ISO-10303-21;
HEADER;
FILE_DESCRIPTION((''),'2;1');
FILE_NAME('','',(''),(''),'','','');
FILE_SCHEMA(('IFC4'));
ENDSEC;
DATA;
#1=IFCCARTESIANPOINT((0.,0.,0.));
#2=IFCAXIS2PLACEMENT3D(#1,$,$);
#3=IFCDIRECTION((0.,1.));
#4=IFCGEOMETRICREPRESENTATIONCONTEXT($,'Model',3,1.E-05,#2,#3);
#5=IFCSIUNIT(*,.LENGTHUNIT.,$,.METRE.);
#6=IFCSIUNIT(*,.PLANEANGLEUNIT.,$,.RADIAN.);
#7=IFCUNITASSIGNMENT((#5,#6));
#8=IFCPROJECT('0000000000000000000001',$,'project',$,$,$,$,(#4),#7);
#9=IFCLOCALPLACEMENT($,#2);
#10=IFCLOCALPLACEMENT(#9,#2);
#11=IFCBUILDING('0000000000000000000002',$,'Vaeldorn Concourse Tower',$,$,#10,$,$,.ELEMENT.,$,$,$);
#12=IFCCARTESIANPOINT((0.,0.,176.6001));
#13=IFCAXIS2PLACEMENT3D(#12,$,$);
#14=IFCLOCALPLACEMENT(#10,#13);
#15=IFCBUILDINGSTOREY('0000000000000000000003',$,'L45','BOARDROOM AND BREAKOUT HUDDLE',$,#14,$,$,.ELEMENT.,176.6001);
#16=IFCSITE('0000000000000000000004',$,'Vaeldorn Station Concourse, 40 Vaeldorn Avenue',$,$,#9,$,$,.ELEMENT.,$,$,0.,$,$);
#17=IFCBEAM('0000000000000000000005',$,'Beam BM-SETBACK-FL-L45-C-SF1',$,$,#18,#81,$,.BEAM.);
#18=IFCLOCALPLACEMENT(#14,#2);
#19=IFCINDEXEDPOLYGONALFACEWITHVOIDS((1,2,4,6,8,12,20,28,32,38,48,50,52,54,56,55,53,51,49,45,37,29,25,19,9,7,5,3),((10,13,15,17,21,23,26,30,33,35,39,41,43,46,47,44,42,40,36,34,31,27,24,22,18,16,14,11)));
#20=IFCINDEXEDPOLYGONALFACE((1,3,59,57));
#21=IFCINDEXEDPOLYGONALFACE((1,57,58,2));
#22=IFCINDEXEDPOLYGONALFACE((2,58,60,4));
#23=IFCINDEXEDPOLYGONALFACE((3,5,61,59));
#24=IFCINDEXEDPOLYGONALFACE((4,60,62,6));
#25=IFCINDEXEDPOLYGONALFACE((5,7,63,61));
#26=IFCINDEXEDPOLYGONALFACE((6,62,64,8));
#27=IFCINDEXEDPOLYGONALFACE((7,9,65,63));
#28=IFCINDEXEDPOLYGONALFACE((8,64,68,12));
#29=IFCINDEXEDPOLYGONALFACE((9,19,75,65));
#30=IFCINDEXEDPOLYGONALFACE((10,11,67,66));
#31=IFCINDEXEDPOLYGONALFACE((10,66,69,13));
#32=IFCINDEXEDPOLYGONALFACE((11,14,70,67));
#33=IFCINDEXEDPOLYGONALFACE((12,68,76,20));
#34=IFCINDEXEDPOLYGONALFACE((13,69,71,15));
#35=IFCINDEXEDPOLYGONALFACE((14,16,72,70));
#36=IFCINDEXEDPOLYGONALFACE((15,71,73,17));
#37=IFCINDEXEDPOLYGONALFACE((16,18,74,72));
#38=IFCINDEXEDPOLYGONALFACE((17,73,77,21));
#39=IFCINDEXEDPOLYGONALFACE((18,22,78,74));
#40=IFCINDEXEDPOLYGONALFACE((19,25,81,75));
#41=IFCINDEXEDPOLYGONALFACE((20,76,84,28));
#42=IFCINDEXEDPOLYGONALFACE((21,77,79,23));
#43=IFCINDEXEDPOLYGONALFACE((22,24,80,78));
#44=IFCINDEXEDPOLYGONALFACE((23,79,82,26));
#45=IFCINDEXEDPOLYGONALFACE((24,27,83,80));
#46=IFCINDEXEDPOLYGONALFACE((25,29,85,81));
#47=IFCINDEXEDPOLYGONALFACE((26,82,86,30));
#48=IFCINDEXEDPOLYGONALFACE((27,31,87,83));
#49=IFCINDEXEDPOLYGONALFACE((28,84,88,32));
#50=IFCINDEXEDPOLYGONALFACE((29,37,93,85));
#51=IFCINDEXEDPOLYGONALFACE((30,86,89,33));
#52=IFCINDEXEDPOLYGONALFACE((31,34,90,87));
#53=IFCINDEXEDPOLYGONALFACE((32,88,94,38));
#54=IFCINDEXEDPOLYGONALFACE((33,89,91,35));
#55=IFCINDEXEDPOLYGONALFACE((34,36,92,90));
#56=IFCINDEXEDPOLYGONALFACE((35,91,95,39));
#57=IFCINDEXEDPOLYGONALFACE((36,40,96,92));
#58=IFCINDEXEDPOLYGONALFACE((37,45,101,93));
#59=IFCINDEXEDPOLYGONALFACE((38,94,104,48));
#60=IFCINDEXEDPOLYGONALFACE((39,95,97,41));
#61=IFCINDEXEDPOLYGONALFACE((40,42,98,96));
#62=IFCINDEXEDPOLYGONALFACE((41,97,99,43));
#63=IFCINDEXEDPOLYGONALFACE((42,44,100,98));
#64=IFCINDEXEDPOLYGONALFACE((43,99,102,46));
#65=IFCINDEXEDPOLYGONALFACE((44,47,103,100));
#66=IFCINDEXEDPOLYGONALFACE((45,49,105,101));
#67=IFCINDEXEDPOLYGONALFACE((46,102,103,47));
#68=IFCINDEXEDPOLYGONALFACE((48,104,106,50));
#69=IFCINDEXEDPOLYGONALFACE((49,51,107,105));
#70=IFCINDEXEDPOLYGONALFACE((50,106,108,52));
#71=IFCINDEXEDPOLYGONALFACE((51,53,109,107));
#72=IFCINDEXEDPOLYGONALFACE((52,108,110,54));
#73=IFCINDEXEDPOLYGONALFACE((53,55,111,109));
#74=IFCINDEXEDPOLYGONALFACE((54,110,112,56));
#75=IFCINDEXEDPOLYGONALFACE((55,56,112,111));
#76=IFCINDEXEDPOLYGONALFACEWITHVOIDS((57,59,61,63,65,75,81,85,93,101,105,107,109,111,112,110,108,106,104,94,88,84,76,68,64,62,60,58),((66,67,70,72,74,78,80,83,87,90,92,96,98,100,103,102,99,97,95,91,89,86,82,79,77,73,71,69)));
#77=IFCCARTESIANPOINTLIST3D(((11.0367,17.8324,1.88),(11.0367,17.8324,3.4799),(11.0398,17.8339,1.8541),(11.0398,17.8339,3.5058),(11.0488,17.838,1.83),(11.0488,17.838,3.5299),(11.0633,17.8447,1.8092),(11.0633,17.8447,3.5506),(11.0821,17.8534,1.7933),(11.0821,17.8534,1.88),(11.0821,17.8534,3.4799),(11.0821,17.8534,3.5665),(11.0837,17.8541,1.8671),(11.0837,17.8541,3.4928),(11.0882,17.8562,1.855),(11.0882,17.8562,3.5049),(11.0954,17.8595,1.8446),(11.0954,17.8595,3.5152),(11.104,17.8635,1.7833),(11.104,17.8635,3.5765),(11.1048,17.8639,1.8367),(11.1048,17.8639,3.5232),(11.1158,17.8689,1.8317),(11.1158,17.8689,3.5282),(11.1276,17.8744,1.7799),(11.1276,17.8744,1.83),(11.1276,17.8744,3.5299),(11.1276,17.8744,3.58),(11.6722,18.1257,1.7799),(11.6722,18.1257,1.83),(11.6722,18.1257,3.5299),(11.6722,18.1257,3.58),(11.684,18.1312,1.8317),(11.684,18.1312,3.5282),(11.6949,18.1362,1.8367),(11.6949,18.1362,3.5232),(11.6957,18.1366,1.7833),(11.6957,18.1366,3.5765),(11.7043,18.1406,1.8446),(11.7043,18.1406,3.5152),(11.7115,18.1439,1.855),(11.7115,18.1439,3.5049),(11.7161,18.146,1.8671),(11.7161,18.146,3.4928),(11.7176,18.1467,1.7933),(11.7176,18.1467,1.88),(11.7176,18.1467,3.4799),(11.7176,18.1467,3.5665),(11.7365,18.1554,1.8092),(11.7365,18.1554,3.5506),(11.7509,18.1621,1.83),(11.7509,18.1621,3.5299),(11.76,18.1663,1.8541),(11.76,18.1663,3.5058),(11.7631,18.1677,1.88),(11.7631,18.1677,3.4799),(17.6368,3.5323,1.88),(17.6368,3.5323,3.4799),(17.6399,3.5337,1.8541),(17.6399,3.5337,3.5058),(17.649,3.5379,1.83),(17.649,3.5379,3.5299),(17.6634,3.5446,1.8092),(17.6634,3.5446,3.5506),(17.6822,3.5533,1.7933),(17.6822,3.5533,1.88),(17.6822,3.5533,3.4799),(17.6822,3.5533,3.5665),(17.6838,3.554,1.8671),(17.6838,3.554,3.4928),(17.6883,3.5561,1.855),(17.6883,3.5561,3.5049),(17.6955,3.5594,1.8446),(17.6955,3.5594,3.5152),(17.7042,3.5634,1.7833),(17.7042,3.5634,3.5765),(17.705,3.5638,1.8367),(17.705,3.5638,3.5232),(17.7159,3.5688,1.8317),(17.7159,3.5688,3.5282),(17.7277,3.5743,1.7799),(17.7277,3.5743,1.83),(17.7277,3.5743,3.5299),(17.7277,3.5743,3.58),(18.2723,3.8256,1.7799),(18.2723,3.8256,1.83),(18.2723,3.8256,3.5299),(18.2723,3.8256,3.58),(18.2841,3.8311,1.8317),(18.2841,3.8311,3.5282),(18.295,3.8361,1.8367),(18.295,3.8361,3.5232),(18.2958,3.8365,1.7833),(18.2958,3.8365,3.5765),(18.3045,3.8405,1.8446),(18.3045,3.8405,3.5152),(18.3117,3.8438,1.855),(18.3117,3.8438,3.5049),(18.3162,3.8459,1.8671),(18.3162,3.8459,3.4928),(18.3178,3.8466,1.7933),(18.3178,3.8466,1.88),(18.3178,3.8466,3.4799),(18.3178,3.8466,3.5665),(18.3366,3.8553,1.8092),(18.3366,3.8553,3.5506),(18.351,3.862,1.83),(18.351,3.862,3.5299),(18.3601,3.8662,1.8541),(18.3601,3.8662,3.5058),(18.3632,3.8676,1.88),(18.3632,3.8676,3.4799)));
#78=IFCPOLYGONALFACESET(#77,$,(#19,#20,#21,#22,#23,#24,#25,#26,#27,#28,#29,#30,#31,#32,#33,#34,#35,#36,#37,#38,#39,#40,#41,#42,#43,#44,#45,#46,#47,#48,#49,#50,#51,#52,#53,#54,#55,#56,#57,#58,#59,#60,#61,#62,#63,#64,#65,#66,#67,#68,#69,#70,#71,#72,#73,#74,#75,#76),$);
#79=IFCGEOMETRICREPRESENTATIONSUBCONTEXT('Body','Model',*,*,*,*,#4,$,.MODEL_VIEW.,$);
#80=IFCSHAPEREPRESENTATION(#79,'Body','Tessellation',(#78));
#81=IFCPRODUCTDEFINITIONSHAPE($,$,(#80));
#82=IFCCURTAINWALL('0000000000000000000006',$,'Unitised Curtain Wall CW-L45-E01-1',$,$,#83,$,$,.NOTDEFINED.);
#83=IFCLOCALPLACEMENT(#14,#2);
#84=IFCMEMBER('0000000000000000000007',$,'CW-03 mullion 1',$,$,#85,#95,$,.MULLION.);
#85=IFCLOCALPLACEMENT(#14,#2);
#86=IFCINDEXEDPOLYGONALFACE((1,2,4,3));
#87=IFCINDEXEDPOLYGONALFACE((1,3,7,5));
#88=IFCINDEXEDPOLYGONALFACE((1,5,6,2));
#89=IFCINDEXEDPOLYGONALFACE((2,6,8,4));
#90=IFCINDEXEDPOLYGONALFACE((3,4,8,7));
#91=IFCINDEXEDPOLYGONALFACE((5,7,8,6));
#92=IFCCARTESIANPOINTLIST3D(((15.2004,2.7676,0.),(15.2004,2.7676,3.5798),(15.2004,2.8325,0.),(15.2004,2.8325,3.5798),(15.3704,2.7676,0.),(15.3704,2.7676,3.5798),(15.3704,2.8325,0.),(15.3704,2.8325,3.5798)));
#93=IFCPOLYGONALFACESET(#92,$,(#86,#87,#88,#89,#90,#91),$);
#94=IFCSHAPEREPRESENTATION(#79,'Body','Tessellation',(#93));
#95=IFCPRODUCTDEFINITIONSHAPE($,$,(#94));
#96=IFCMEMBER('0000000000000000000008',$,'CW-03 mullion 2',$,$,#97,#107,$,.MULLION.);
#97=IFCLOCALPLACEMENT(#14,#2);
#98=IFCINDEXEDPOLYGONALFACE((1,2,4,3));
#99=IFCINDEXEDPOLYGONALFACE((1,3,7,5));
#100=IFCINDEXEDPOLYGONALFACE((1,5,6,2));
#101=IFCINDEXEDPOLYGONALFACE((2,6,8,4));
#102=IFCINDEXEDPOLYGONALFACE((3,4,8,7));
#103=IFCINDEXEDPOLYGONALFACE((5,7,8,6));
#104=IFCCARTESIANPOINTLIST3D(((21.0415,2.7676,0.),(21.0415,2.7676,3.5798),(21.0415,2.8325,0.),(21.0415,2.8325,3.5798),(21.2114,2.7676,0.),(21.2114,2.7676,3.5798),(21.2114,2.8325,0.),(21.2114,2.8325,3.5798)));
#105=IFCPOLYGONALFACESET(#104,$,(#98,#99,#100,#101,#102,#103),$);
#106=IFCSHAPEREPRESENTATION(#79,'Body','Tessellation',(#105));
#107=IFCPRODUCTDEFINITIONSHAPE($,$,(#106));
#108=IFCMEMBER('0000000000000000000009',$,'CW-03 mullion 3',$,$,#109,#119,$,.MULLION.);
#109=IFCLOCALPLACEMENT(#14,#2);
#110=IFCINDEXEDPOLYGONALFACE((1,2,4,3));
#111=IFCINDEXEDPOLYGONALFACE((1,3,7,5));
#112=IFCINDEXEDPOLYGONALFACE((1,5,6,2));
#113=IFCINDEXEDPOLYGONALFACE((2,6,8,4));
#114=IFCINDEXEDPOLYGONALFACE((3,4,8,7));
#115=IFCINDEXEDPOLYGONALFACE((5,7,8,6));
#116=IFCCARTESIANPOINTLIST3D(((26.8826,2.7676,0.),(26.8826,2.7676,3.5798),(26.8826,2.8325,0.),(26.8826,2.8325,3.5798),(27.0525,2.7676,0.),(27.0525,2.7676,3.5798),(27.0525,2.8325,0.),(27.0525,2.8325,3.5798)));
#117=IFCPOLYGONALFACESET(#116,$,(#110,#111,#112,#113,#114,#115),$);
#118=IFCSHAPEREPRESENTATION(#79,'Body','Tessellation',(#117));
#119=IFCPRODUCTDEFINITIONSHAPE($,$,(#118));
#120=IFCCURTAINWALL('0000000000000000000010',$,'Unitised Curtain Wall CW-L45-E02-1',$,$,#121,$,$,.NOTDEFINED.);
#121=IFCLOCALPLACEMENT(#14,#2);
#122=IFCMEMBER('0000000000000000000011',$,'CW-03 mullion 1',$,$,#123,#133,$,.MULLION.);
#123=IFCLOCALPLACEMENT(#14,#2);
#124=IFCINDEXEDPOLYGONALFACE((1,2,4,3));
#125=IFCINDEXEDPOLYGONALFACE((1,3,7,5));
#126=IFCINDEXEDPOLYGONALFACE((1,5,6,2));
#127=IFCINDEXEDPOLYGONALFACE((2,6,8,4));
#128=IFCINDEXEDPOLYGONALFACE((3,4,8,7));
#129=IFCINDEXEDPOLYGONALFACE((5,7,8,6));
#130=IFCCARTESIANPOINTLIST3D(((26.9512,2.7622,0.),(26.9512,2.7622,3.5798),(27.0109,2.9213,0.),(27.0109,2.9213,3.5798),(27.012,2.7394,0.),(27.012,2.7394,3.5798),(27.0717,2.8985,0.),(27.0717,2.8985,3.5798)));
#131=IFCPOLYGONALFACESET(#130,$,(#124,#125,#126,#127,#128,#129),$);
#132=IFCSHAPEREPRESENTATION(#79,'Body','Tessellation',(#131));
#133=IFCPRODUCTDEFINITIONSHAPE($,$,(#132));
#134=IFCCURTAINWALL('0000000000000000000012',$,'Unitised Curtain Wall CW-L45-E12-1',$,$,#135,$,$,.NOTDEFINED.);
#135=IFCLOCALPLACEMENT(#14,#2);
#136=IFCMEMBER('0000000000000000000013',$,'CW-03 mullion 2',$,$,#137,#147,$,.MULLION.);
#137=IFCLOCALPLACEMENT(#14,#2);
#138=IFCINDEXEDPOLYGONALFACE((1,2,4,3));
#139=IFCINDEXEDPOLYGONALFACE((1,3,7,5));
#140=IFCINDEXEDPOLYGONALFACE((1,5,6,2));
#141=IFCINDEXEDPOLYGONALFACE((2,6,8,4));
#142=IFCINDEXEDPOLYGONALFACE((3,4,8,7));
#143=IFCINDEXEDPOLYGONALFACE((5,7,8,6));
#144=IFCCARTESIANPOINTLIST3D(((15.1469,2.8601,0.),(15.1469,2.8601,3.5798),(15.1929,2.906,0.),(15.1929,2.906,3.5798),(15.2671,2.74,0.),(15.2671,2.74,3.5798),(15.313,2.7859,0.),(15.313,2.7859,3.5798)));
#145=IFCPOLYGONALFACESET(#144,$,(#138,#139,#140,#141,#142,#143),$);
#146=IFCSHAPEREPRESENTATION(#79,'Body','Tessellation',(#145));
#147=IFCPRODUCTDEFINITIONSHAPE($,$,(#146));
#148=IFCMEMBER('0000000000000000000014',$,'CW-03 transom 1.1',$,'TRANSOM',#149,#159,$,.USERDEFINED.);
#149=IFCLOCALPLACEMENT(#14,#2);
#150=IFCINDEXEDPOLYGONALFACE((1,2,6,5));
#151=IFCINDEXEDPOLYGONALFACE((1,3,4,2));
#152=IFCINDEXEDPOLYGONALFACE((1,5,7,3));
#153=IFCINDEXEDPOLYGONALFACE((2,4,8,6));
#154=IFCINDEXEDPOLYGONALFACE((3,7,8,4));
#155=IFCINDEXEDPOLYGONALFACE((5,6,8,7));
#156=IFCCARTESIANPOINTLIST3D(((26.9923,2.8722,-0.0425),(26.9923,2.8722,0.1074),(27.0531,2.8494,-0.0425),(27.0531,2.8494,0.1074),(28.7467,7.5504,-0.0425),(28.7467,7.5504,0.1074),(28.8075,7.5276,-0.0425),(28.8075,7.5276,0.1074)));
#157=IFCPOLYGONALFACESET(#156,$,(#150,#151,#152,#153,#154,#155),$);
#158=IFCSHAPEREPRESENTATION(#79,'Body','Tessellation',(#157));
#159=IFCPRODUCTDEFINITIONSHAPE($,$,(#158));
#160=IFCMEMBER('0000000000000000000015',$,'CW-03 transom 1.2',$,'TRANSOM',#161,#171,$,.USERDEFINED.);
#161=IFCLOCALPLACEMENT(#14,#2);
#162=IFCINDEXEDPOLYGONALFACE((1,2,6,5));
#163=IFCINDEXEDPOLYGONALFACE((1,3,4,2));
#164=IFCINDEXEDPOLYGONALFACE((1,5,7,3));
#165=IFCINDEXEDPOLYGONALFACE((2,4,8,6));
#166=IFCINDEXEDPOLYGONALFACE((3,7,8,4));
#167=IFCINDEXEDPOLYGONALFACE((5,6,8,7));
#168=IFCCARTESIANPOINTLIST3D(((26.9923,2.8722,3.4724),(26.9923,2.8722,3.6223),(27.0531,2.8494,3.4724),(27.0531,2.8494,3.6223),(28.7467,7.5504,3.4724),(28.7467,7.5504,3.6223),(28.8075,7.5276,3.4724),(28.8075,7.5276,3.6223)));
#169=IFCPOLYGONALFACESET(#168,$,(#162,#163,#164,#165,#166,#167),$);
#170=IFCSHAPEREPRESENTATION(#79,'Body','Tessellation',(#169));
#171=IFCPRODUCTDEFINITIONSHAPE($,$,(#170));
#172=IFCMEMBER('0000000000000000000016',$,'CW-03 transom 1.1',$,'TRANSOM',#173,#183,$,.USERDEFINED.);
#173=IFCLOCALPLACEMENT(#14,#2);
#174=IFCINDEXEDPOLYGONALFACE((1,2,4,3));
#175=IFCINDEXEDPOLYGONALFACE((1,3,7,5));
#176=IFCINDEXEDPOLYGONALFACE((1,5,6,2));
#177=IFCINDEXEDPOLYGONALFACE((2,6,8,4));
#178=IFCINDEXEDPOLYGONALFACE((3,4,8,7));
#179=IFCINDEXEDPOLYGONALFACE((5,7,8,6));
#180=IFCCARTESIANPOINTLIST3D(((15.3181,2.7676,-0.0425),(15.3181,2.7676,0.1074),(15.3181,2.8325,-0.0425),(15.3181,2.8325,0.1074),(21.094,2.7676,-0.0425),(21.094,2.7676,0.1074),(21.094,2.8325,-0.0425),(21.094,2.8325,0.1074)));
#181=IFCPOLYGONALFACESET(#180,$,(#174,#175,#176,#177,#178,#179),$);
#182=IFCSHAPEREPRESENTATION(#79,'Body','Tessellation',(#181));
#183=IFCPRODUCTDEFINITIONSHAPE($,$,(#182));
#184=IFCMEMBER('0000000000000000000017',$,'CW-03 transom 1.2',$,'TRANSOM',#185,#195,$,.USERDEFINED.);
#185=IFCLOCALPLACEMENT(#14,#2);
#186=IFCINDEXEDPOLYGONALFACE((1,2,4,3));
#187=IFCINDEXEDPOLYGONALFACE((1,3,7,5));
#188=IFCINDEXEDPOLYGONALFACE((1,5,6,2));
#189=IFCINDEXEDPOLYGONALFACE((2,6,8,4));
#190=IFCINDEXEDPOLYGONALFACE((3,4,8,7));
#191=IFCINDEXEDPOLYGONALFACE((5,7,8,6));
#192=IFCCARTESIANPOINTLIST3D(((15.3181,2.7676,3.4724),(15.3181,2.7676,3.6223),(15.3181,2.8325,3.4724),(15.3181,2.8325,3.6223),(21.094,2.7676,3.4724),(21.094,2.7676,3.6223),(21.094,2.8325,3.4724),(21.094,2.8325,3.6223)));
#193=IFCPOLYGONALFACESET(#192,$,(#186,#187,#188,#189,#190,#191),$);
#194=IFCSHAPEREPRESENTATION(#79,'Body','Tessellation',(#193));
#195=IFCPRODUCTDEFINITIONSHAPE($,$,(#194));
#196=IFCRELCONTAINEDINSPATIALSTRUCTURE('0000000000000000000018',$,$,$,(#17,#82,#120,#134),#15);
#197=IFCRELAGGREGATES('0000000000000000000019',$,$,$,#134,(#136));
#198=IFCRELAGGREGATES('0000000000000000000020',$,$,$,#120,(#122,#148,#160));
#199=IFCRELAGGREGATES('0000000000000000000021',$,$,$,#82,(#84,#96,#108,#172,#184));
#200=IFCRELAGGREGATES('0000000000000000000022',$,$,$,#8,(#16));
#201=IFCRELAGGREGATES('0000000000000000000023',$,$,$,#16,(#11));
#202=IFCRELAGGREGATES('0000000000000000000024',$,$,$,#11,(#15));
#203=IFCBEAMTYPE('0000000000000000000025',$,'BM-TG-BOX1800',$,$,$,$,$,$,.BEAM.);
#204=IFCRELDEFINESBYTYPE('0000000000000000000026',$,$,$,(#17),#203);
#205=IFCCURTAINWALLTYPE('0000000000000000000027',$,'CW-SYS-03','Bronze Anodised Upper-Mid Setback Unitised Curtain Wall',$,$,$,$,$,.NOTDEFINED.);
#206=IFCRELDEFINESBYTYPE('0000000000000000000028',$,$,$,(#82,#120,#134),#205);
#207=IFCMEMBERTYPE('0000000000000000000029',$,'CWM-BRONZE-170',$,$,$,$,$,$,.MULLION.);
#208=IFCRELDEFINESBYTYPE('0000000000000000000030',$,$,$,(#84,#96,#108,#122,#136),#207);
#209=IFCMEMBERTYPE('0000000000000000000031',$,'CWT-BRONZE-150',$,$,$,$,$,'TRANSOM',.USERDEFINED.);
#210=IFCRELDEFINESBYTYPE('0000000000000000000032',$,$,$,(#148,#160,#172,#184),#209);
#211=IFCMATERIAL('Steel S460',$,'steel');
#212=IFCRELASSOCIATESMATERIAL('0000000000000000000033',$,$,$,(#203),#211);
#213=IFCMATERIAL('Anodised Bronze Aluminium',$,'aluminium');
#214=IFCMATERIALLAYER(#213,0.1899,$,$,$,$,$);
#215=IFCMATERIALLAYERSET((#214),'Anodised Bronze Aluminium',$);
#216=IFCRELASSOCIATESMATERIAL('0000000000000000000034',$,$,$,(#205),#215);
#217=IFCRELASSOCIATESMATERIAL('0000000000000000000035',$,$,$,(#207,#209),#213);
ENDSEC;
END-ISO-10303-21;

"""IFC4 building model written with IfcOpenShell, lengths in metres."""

from ifc_helpers import new_model, si_unit, direction, frame, origin, origin_2d, place, context, subcontext, project, spatial, rectangle, hollow_rectangle, extrude, source, transform, mapped, material, layer, layer_set, material_profile, profile_set, type_object, element, aggregate, save


model = new_model("IFC4")

# Units and contexts
model_context = context("Model", 3, precision=1e-05, world=origin(), true_north=direction((0.0, 1.0)))
body_context = subcontext(model_context, "Body", "Model", "MODEL_VIEW")
ifc_project = project(units=[si_unit("LENGTHUNIT", "METRE"), si_unit("PLANEANGLEUNIT", "RADIAN")], contexts=[model_context])

# Site, building, storey
site_placement = place(None, origin())
site = spatial("IfcSite", under=ifc_project, at=site_placement, Name="Vaeldorn Station Concourse, 40 Vaeldorn Avenue", CompositionType="ELEMENT", RefElevation=0.0)
building_placement = place(site_placement, origin())
building = spatial("IfcBuilding", under=site, at=building_placement, Name="Vaeldorn Concourse Tower", CompositionType="ELEMENT")
storey_placement = place(building_placement, frame((0.0, 0.0, 176.6001)))
storey = spatial("IfcBuildingStorey", under=building, at=storey_placement, Name="L45", Description="BOARDROOM AND BREAKOUT HUDDLE", CompositionType="ELEMENT", Elevation=176.6001)

# Beam
ifc_material_1 = material(Name="Steel S460", Category="steel")
ifc_material_profile_1 = material_profile(ifc_material_1, hollow_rectangle(XDim=0.8, YDim=1.8, WallThickness=0.05, InnerFilletRadius=0.05, OuterFilletRadius=0.1001, at=origin_2d()), Name="RHS 1800x800x50")
ifc_profile_set_1 = profile_set([ifc_material_profile_1], Name="Steel S460")
beam_type_1 = type_object("IfcBeamType", Name="BM-TG-BOX1800", PredefinedType="BEAM", material=ifc_profile_set_1)
shared_shape_1 = source(origin(), body_context, "Body", "SweptSolid", [
    extrude(hollow_rectangle(XDim=0.8, YDim=1.8, WallThickness=0.05, InnerFilletRadius=0.05, OuterFilletRadius=0.1001, at=origin_2d()), origin(), (0.0, 0.0, 1.0), 15.7498),
])
beam_1_placement = place(storey_placement, frame((18.0, 3.7, 2.6799), z_axis=(-0.419062, 0.907958, 0.0), x_axis=(-0.907958, -0.419062, 0.0)))
element("IfcBeam", 1, at=beam_1_placement, inside=storey, type_object=beam_type_1, Name="Beam BM-SETBACK-FL-L45-C-SF1", PredefinedType="BEAM", context=body_context, shape_type="MappedRepresentation", body=[
    mapped(shared_shape_1, transform((0.0, 0.0, 0.0), scale=1.0)),
])

# Curtain wall, members
ifc_material_2 = material(Name="Anodised Bronze Aluminium", Category="aluminium")
ifc_layer_1 = layer(ifc_material_2, 0.1899)
ifc_layer_set_1 = layer_set([ifc_layer_1], Name="Anodised Bronze Aluminium")
curtain_wall_type = type_object("IfcCurtainWallType", Name="CW-SYS-03", Description="Bronze Anodised Upper-Mid Setback Unitised Curtain Wall", PredefinedType="NOTDEFINED", material=ifc_layer_set_1)
curtain_wall_1_placement = place(storey_placement, origin())
curtain_wall_1 = element("IfcCurtainWall", 2, at=curtain_wall_1_placement, inside=storey, type_object=curtain_wall_type, Name="Unitised Curtain Wall CW-L45-E01-1", PredefinedType="NOTDEFINED")
ifc_material_profile_2 = material_profile(ifc_material_2, rectangle(XDim=0.0649, YDim=0.1699, at=origin_2d()), Name="CWM 65x170")
ifc_profile_set_2 = profile_set([ifc_material_profile_2], Name="Anodised Bronze Aluminium")
member_type_1 = type_object("IfcMemberType", Name="CWM-BRONZE-170", PredefinedType="MULLION", material=ifc_profile_set_2)
shared_shape_2 = source(origin(), body_context, "Body", "SweptSolid", [
    extrude(rectangle(XDim=0.0649, YDim=0.1699, at=origin_2d()), origin(), (0.0, 0.0, 1.0), 3.5798),
])
member_1_placement = place(storey_placement, frame((15.2854, 2.8, 0.0), z_axis=(0.0, 0.0, 1.0), x_axis=(0.0, 1.0, 0.0)))
member_1 = element("IfcMember", 3, at=member_1_placement, type_object=member_type_1, Name="CW-03 mullion 1", PredefinedType="MULLION", context=body_context, shape_type="MappedRepresentation", body=[
    mapped(shared_shape_2, transform((0.0, 0.0, 0.0), scale=1.0)),
])
member_2_placement = place(storey_placement, frame((21.1265, 2.8, 0.0), z_axis=(0.0, 0.0, 1.0), x_axis=(0.0, 1.0, 0.0)))
member_2 = element("IfcMember", 4, at=member_2_placement, type_object=member_type_1, Name="CW-03 mullion 2", PredefinedType="MULLION", context=body_context, shape_type="MappedRepresentation", body=[
    mapped(shared_shape_2, transform((0.0, 0.0, 0.0), scale=1.0)),
])
member_3_placement = place(storey_placement, frame((26.9675, 2.8, 0.0), z_axis=(0.0, 0.0, 1.0), x_axis=(0.0, 1.0, 0.0)))
member_3 = element("IfcMember", 5, at=member_3_placement, type_object=member_type_1, Name="CW-03 mullion 3", PredefinedType="MULLION", context=body_context, shape_type="MappedRepresentation", body=[
    mapped(shared_shape_2, transform((0.0, 0.0, 0.0), scale=1.0)),
])

# Curtain walls, members
curtain_wall_2_placement = place(storey_placement, origin())
curtain_wall_2 = element("IfcCurtainWall", 6, at=curtain_wall_2_placement, inside=storey, type_object=curtain_wall_type, Name="Unitised Curtain Wall CW-L45-E02-1", PredefinedType="NOTDEFINED")
member_4_placement = place(storey_placement, frame((27.0115, 2.8303, 0.0), z_axis=(0.0, 0.0, 1.0), x_axis=(-0.936329, 0.351123, 0.0)))
member_4 = element("IfcMember", 7, at=member_4_placement, type_object=member_type_1, Name="CW-03 mullion 1", PredefinedType="MULLION", context=body_context, shape_type="MappedRepresentation", body=[
    mapped(shared_shape_2, transform((0.0, 0.0, 0.0), scale=1.0)),
])
curtain_wall_3_placement = place(storey_placement, origin())
curtain_wall_3 = element("IfcCurtainWall", 8, at=curtain_wall_3_placement, inside=storey, type_object=curtain_wall_type, Name="Unitised Curtain Wall CW-L45-E12-1", PredefinedType="NOTDEFINED")
member_5_placement = place(storey_placement, frame((15.23, 2.823, 0.0), z_axis=(0.0, 0.0, 1.0), x_axis=(0.707107, 0.707107, 0.0)))
member_5 = element("IfcMember", 9, at=member_5_placement, type_object=member_type_1, Name="CW-03 mullion 2", PredefinedType="MULLION", context=body_context, shape_type="MappedRepresentation", body=[
    mapped(shared_shape_2, transform((0.0, 0.0, 0.0), scale=1.0)),
])
aggregate(curtain_wall_3, [member_5])

# Members
ifc_material_profile_3 = material_profile(ifc_material_2, rectangle(XDim=0.0649, YDim=0.1499, at=origin_2d()), Name="CWT 65x150")
ifc_profile_set_3 = profile_set([ifc_material_profile_3], Name="Anodised Bronze Aluminium")
member_type_2 = type_object("IfcMemberType", Name="CWT-BRONZE-150", ElementType="TRANSOM", PredefinedType="USERDEFINED", material=ifc_profile_set_3)
shared_shape_3 = source(origin(), body_context, "Body", "SweptSolid", [
    extrude(rectangle(XDim=0.0649, YDim=0.1499, at=origin_2d()), origin(), (0.0, 0.0, 1.0), 4.9963),
])
member_6_placement = place(storey_placement, frame((27.0227, 2.8608, 0.0325), z_axis=(0.351134, 0.936325, 0.0), x_axis=(-0.936325, 0.351134, 0.0)))
member_6 = element("IfcMember", 10, at=member_6_placement, type_object=member_type_2, Name="CW-03 transom 1.1", ObjectType="TRANSOM", PredefinedType="USERDEFINED", context=body_context, shape_type="MappedRepresentation", body=[
    mapped(shared_shape_3, transform((0.0, 0.0, 0.0), scale=1.0)),
])
member_7_placement = place(storey_placement, frame((27.0227, 2.8608, 3.5474), z_axis=(0.351134, 0.936325, 0.0), x_axis=(-0.936325, 0.351134, 0.0)))
member_7 = element("IfcMember", 11, at=member_7_placement, type_object=member_type_2, Name="CW-03 transom 1.2", ObjectType="TRANSOM", PredefinedType="USERDEFINED", context=body_context, shape_type="MappedRepresentation", body=[
    mapped(shared_shape_3, transform((0.0, 0.0, 0.0), scale=1.0)),
])
aggregate(curtain_wall_2, [member_4, member_6, member_7])
shared_shape_4 = source(origin(), body_context, "Body", "SweptSolid", [
    extrude(rectangle(XDim=0.0649, YDim=0.1499, at=origin_2d()), origin(), (0.0, 0.0, 1.0), 5.7759),
])
member_8_placement = place(storey_placement, frame((15.3181, 2.8, 0.0325), z_axis=(1.0, 0.0, 0.0), x_axis=(0.0, 1.0, 0.0)))
member_8 = element("IfcMember", 12, at=member_8_placement, type_object=member_type_2, Name="CW-03 transom 1.1", ObjectType="TRANSOM", PredefinedType="USERDEFINED", context=body_context, shape_type="MappedRepresentation", body=[
    mapped(shared_shape_4, transform((0.0, 0.0, 0.0), scale=1.0)),
])
member_9_placement = place(storey_placement, frame((15.3181, 2.8, 3.5474), z_axis=(1.0, 0.0, 0.0), x_axis=(0.0, 1.0, 0.0)))
member_9 = element("IfcMember", 13, at=member_9_placement, type_object=member_type_2, Name="CW-03 transom 1.2", ObjectType="TRANSOM", PredefinedType="USERDEFINED", context=body_context, shape_type="MappedRepresentation", body=[
    mapped(shared_shape_4, transform((0.0, 0.0, 0.0), scale=1.0)),
])

aggregate(curtain_wall_1, [member_1, member_2, member_3, member_8, member_9])

save(model, "model.ifc")
